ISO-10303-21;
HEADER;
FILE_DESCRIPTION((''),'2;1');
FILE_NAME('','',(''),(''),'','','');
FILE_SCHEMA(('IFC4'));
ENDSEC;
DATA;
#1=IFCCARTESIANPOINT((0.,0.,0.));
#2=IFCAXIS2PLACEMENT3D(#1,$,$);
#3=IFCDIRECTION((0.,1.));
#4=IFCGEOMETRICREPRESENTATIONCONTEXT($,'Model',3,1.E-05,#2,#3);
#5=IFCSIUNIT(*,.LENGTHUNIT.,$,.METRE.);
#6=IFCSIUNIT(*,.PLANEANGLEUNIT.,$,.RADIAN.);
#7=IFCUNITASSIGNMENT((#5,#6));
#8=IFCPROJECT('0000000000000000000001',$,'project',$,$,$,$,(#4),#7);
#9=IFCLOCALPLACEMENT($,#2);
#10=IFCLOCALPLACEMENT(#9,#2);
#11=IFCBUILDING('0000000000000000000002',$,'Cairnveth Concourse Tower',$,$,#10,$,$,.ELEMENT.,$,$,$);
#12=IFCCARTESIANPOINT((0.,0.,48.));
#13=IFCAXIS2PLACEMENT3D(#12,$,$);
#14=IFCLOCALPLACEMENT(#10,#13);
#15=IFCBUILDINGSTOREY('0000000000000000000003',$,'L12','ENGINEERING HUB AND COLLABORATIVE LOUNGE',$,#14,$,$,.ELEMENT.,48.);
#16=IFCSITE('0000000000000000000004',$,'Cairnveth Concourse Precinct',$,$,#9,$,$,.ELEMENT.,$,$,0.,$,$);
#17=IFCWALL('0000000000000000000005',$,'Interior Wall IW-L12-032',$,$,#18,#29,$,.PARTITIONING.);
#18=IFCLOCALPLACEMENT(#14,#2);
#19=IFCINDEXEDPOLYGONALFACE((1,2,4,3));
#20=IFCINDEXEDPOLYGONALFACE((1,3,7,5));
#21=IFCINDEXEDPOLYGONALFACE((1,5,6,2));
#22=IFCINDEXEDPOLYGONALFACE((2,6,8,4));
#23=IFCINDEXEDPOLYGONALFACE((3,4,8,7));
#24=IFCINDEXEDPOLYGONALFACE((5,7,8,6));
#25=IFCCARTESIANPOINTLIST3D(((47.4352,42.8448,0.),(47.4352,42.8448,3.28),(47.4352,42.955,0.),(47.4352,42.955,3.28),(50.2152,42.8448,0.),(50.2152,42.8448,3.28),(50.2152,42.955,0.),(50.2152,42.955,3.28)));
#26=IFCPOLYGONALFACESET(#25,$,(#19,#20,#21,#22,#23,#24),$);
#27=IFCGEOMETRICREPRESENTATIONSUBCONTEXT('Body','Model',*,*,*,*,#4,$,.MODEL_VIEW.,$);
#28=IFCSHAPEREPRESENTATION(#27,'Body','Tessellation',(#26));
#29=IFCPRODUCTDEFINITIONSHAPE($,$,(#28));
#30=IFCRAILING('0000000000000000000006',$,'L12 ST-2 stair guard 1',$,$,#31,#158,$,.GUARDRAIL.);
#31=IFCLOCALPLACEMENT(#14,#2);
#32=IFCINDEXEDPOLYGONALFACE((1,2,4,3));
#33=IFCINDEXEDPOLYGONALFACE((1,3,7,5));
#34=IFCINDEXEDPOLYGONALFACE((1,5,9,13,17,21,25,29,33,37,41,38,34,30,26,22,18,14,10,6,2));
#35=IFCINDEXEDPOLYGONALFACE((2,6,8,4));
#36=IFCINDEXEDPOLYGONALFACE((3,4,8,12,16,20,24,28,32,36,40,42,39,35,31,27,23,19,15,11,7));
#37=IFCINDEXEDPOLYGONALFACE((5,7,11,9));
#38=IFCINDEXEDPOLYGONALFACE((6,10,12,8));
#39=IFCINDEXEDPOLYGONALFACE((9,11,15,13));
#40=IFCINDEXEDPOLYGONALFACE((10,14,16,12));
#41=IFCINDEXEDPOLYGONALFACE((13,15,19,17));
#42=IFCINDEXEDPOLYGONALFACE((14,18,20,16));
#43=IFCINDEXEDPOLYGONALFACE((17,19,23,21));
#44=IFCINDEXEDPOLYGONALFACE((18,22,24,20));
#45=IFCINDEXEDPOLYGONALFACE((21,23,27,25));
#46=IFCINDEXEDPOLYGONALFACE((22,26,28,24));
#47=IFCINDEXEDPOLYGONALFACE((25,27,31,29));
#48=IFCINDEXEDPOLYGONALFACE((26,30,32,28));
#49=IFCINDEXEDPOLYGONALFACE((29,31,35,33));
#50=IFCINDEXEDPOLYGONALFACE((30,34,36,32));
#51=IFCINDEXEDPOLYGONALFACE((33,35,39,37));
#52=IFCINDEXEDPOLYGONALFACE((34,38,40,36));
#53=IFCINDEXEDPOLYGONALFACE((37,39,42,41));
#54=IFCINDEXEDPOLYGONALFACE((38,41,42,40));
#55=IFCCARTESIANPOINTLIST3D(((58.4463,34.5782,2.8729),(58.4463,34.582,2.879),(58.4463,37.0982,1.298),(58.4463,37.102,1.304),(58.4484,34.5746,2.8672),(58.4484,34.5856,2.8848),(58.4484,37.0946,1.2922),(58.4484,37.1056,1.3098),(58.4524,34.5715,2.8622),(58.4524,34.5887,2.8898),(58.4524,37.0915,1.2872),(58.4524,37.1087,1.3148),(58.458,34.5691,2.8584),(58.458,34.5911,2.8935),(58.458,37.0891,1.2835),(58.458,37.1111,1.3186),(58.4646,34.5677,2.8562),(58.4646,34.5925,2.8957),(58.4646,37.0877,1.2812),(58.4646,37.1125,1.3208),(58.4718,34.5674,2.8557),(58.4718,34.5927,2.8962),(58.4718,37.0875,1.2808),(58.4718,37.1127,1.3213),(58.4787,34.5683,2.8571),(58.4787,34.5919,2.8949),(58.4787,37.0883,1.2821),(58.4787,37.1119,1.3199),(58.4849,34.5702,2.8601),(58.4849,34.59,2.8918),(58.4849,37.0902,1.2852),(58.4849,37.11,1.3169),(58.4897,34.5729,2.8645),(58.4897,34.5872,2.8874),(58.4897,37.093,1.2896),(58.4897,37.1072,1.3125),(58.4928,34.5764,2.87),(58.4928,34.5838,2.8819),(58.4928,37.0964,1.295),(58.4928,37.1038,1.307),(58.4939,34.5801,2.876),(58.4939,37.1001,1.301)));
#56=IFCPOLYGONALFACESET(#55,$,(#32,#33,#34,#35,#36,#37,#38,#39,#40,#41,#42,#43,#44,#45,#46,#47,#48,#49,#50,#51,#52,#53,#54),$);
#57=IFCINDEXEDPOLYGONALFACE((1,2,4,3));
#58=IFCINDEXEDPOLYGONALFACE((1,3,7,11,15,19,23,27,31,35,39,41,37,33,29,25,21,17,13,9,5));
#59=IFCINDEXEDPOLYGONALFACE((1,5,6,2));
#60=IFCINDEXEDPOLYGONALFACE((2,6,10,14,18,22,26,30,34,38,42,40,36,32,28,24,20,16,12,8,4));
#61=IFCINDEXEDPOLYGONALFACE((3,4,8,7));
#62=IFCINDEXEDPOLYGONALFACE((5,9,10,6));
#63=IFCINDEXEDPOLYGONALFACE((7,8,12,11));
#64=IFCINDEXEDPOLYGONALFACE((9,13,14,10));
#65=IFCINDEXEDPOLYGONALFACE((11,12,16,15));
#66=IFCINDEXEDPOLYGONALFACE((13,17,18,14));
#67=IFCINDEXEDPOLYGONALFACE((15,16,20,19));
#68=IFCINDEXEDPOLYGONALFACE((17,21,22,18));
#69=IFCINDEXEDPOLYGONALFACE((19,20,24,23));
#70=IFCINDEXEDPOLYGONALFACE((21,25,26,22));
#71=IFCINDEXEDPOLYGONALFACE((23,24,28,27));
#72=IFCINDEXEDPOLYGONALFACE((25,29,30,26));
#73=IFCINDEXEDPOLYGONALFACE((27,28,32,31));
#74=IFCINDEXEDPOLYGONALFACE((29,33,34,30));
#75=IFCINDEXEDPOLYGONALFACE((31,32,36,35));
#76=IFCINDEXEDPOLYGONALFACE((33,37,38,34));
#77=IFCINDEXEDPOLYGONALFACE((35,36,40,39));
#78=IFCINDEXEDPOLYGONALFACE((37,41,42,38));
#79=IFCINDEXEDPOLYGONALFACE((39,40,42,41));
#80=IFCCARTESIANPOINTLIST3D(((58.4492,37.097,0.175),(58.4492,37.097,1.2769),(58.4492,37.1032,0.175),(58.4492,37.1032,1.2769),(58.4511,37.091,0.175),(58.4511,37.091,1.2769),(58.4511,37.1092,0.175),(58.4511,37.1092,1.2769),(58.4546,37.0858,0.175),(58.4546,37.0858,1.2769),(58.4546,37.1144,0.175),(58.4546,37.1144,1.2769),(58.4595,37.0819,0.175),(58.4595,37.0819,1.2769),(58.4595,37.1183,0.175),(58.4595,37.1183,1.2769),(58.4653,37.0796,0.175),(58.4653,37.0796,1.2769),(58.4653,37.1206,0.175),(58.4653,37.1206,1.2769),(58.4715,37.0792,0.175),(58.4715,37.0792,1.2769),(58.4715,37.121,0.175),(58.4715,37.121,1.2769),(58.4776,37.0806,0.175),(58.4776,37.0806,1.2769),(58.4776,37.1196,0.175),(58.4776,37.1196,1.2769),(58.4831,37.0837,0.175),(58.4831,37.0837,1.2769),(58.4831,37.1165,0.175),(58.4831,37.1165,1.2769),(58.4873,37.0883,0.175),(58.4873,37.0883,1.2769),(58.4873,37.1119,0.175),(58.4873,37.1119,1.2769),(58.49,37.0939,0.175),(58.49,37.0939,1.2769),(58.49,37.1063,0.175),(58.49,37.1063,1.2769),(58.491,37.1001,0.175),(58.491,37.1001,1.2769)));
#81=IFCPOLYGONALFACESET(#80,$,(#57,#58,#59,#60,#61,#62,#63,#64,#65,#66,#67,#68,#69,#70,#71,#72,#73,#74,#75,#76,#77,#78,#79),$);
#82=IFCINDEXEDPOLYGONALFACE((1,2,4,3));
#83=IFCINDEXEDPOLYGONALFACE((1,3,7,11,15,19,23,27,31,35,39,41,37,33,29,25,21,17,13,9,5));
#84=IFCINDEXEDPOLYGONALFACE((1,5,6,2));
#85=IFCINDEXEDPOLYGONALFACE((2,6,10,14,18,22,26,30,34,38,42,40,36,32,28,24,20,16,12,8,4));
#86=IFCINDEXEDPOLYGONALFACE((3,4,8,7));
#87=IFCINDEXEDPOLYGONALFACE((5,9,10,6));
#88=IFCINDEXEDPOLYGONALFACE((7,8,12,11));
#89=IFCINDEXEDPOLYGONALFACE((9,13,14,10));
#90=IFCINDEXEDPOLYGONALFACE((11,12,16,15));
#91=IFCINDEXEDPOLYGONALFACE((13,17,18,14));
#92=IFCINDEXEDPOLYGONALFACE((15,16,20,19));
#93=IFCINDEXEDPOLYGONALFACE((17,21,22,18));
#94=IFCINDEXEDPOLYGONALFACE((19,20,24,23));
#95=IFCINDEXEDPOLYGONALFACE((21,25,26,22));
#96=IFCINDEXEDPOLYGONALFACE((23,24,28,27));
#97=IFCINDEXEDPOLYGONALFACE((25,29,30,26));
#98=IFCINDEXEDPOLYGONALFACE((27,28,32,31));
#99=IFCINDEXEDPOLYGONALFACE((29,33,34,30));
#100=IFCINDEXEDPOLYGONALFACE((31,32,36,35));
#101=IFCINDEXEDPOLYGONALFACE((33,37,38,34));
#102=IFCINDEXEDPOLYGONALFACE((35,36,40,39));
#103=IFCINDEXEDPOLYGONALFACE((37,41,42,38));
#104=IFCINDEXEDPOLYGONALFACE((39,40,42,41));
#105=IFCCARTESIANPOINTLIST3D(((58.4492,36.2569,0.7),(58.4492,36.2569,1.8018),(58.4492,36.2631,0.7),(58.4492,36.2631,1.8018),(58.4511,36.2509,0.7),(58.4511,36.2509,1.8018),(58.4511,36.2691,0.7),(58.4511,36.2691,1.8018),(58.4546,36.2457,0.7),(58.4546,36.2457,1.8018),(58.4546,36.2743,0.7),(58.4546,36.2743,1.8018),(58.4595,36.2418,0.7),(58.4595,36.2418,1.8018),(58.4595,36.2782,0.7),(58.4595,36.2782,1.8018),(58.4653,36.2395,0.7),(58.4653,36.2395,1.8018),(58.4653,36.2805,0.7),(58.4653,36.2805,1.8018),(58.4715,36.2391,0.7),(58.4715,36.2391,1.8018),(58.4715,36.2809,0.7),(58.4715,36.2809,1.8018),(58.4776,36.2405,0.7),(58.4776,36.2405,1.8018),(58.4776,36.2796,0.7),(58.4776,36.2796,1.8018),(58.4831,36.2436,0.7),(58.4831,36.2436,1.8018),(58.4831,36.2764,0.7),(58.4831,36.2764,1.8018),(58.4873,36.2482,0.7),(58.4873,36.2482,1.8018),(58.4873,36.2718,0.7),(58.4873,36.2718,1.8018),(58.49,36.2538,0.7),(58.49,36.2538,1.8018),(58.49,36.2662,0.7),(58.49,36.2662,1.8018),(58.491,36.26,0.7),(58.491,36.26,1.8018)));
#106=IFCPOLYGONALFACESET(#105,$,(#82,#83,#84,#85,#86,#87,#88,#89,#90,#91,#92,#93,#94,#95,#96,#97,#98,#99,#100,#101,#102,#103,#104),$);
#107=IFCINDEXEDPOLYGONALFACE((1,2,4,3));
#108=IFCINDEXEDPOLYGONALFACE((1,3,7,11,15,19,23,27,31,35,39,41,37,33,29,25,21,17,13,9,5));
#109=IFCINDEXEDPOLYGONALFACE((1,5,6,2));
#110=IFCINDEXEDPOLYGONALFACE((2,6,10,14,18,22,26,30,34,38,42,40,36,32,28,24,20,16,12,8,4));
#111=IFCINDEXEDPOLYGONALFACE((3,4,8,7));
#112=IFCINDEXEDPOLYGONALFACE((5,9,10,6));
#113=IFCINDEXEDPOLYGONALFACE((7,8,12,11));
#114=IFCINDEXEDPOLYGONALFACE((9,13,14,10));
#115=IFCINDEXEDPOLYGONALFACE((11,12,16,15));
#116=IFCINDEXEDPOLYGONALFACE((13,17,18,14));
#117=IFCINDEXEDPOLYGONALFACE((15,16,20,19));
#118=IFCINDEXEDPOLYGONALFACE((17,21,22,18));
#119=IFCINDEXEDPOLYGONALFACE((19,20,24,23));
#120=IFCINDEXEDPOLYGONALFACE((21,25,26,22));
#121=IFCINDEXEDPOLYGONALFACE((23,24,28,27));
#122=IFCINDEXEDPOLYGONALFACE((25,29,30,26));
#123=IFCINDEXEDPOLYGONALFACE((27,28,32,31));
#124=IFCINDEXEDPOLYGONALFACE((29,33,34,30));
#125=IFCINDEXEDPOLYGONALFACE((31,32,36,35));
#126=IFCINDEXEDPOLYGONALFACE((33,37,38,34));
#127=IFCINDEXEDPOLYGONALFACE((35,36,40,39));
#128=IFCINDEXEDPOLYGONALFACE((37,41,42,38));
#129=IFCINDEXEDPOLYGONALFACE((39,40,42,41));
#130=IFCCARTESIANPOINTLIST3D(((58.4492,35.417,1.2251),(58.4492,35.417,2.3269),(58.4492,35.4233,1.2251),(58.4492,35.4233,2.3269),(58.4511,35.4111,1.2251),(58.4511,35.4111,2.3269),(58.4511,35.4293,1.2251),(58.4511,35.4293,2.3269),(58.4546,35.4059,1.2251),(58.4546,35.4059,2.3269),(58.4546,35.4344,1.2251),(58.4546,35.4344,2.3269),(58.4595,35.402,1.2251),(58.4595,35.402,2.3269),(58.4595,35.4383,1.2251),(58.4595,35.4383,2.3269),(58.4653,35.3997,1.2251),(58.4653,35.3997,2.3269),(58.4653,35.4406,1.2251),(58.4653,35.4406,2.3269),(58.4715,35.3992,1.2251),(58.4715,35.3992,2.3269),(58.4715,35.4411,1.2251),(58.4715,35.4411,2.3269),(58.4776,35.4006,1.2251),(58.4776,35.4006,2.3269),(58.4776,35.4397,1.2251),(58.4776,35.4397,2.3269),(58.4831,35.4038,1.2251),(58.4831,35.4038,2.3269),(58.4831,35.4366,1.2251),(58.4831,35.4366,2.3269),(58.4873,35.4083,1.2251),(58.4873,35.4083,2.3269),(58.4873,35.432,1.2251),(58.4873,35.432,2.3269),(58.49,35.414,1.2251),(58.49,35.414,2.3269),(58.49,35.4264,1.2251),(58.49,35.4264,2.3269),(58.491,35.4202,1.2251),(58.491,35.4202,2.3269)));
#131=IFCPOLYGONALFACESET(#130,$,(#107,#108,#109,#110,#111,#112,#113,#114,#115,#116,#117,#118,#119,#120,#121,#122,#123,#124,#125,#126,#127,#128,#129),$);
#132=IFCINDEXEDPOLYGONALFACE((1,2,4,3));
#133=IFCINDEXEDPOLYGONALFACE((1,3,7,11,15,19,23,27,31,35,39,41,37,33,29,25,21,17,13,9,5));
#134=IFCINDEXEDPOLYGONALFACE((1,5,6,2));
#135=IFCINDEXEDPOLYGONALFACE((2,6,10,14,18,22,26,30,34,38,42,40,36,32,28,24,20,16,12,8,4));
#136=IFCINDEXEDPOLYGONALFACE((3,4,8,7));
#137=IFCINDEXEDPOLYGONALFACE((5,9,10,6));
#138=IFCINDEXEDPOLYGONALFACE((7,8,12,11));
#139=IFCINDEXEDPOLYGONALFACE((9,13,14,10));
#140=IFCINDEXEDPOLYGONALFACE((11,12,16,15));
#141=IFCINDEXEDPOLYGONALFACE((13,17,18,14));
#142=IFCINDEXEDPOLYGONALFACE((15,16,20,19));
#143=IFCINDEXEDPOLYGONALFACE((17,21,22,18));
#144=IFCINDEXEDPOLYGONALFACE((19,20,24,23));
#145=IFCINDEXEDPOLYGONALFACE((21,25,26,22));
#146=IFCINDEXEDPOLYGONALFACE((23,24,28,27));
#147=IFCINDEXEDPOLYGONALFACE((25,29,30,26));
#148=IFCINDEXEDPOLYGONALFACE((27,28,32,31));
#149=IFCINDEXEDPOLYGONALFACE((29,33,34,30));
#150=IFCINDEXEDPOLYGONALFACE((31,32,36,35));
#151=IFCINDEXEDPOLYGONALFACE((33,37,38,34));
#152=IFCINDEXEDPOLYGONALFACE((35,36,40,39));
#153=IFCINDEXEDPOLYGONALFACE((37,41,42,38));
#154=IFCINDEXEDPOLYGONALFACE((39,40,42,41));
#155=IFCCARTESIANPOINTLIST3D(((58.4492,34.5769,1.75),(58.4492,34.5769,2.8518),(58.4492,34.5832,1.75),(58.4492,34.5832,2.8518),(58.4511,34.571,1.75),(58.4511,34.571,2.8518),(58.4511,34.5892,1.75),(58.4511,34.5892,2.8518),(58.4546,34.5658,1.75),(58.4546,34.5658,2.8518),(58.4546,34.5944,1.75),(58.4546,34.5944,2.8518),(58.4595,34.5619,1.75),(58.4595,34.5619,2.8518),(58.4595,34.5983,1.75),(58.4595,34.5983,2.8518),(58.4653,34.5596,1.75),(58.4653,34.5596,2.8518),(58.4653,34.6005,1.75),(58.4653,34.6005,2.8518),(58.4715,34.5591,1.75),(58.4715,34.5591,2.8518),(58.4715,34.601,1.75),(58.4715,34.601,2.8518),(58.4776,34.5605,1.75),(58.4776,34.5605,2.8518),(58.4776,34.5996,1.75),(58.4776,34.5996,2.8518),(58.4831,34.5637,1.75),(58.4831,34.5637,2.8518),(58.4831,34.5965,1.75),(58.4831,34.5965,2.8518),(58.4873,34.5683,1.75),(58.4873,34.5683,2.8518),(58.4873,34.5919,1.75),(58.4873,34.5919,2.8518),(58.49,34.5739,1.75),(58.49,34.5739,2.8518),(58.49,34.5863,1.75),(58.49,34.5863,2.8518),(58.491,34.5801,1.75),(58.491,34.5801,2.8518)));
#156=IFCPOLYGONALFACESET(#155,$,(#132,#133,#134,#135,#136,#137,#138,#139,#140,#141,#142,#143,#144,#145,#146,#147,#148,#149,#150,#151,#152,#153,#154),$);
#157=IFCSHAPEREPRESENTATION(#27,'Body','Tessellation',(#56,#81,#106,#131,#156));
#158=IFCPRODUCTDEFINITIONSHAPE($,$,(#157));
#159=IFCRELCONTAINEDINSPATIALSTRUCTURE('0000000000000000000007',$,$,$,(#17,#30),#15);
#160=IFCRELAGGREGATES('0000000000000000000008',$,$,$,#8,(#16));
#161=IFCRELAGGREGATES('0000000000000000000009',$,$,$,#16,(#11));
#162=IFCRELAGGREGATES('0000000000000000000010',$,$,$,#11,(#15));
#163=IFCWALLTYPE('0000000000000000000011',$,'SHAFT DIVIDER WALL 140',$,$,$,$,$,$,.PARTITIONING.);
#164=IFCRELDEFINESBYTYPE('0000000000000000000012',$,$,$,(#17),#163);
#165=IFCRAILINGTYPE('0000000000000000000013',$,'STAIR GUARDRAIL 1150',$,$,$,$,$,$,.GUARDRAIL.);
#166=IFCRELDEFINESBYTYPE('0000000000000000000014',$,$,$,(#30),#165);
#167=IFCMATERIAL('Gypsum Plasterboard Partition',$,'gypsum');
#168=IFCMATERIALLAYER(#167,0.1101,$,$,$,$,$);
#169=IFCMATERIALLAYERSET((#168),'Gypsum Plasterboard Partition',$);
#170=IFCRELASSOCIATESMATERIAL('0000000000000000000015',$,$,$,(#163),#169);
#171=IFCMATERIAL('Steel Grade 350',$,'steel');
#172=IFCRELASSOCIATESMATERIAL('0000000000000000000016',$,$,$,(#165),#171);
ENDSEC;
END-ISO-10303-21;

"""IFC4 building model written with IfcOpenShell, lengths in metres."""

from ifc_helpers import new_model, si_unit, direction, frame, frame_2d, origin, origin_2d, place, context, subcontext, project, spatial, rectangle, circle, extrude, material, layer, layer_set, type_object, element, save


model = new_model("IFC4")

# Units and contexts
model_context = context("Model", 3, precision=1e-05, world=origin(), true_north=direction((0.0, 1.0)))
body_context = subcontext(model_context, "Body", "Model", "MODEL_VIEW")
ifc_project = project(units=[si_unit("LENGTHUNIT", "METRE"), si_unit("PLANEANGLEUNIT", "RADIAN")], contexts=[model_context])

# Site, building, storey
site_placement = place(None, origin())
site = spatial("IfcSite", under=ifc_project, at=site_placement, Name="Cairnveth Concourse Precinct", CompositionType="ELEMENT", RefElevation=0.0)
building_placement = place(site_placement, origin())
building = spatial("IfcBuilding", under=site, at=building_placement, Name="Cairnveth Concourse Tower", CompositionType="ELEMENT")
storey_placement = place(building_placement, frame((0.0, 0.0, 48.0)))
storey = spatial("IfcBuildingStorey", under=building, at=storey_placement, Name="L12", Description="ENGINEERING HUB AND COLLABORATIVE LOUNGE", CompositionType="ELEMENT", Elevation=48.0)

# Shared definitions
ifc_material_1 = material(Name="Steel Grade 350", Category="steel")

# Wall
ifc_material_2 = material(Name="Gypsum Plasterboard Partition", Category="gypsum")
ifc_layer_1 = layer(ifc_material_2, 0.1101)
ifc_layer_set_1 = layer_set([ifc_layer_1], Name="Gypsum Plasterboard Partition")
wall_type_1 = type_object("IfcWallType", Name="SHAFT DIVIDER WALL 140", PredefinedType="PARTITIONING", material=ifc_layer_set_1)
wall_1_placement = place(storey_placement, frame((47.4351, 42.8999, 0.0), z_axis=(0.0, 0.0, 1.0), x_axis=(1.0, 0.0, 0.0)))
element("IfcWall", 1, at=wall_1_placement, inside=storey, type_object=wall_type_1, Name="Interior Wall IW-L12-032", PredefinedType="PARTITIONING", context=body_context, shape_type="SweptSolid", body=[
    extrude(rectangle(XDim=2.78, YDim=0.1101, at=frame_2d((1.3901, 0.0))), origin(), (0.0, 0.0, 1.0), 3.28),
])

# Railing
railing_type = type_object("IfcRailingType", Name="STAIR GUARDRAIL 1150", PredefinedType="GUARDRAIL", material=ifc_material_1)
railing_1_placement = place(storey_placement, frame((58.47, 37.1001, 0.175)))
element("IfcRailing", 2, at=railing_1_placement, inside=storey, type_object=railing_type, Name="L12 ST-2 stair guard 1", PredefinedType="GUARDRAIL", context=body_context, shape_type="SweptSolid", body=[
    extrude(circle(Radius=0.0239, at=origin_2d()), frame((0.0, 0.0, 1.126), z_axis=(0.0, -0.848008, 0.529984), x_axis=(1.0, 0.0, 0.0)), (0.0, 0.0, 1.0), 2.9717),
    extrude(circle(Radius=0.021, at=origin_2d()), origin(), (0.0, 0.0, 1.0), 1.1018),
    extrude(circle(Radius=0.021, at=origin_2d()), frame((0.0, -0.8401, 0.5249)), (0.0, 0.0, 1.0), 1.1018),
    extrude(circle(Radius=0.021, at=origin_2d()), frame((0.0, -1.6799, 1.05)), (0.0, 0.0, 1.0), 1.1018),
    extrude(circle(Radius=0.021, at=origin_2d()), frame((0.0, -2.52, 1.575)), (0.0, 0.0, 1.0), 1.1018),
])

save(model, "model.ifc")
